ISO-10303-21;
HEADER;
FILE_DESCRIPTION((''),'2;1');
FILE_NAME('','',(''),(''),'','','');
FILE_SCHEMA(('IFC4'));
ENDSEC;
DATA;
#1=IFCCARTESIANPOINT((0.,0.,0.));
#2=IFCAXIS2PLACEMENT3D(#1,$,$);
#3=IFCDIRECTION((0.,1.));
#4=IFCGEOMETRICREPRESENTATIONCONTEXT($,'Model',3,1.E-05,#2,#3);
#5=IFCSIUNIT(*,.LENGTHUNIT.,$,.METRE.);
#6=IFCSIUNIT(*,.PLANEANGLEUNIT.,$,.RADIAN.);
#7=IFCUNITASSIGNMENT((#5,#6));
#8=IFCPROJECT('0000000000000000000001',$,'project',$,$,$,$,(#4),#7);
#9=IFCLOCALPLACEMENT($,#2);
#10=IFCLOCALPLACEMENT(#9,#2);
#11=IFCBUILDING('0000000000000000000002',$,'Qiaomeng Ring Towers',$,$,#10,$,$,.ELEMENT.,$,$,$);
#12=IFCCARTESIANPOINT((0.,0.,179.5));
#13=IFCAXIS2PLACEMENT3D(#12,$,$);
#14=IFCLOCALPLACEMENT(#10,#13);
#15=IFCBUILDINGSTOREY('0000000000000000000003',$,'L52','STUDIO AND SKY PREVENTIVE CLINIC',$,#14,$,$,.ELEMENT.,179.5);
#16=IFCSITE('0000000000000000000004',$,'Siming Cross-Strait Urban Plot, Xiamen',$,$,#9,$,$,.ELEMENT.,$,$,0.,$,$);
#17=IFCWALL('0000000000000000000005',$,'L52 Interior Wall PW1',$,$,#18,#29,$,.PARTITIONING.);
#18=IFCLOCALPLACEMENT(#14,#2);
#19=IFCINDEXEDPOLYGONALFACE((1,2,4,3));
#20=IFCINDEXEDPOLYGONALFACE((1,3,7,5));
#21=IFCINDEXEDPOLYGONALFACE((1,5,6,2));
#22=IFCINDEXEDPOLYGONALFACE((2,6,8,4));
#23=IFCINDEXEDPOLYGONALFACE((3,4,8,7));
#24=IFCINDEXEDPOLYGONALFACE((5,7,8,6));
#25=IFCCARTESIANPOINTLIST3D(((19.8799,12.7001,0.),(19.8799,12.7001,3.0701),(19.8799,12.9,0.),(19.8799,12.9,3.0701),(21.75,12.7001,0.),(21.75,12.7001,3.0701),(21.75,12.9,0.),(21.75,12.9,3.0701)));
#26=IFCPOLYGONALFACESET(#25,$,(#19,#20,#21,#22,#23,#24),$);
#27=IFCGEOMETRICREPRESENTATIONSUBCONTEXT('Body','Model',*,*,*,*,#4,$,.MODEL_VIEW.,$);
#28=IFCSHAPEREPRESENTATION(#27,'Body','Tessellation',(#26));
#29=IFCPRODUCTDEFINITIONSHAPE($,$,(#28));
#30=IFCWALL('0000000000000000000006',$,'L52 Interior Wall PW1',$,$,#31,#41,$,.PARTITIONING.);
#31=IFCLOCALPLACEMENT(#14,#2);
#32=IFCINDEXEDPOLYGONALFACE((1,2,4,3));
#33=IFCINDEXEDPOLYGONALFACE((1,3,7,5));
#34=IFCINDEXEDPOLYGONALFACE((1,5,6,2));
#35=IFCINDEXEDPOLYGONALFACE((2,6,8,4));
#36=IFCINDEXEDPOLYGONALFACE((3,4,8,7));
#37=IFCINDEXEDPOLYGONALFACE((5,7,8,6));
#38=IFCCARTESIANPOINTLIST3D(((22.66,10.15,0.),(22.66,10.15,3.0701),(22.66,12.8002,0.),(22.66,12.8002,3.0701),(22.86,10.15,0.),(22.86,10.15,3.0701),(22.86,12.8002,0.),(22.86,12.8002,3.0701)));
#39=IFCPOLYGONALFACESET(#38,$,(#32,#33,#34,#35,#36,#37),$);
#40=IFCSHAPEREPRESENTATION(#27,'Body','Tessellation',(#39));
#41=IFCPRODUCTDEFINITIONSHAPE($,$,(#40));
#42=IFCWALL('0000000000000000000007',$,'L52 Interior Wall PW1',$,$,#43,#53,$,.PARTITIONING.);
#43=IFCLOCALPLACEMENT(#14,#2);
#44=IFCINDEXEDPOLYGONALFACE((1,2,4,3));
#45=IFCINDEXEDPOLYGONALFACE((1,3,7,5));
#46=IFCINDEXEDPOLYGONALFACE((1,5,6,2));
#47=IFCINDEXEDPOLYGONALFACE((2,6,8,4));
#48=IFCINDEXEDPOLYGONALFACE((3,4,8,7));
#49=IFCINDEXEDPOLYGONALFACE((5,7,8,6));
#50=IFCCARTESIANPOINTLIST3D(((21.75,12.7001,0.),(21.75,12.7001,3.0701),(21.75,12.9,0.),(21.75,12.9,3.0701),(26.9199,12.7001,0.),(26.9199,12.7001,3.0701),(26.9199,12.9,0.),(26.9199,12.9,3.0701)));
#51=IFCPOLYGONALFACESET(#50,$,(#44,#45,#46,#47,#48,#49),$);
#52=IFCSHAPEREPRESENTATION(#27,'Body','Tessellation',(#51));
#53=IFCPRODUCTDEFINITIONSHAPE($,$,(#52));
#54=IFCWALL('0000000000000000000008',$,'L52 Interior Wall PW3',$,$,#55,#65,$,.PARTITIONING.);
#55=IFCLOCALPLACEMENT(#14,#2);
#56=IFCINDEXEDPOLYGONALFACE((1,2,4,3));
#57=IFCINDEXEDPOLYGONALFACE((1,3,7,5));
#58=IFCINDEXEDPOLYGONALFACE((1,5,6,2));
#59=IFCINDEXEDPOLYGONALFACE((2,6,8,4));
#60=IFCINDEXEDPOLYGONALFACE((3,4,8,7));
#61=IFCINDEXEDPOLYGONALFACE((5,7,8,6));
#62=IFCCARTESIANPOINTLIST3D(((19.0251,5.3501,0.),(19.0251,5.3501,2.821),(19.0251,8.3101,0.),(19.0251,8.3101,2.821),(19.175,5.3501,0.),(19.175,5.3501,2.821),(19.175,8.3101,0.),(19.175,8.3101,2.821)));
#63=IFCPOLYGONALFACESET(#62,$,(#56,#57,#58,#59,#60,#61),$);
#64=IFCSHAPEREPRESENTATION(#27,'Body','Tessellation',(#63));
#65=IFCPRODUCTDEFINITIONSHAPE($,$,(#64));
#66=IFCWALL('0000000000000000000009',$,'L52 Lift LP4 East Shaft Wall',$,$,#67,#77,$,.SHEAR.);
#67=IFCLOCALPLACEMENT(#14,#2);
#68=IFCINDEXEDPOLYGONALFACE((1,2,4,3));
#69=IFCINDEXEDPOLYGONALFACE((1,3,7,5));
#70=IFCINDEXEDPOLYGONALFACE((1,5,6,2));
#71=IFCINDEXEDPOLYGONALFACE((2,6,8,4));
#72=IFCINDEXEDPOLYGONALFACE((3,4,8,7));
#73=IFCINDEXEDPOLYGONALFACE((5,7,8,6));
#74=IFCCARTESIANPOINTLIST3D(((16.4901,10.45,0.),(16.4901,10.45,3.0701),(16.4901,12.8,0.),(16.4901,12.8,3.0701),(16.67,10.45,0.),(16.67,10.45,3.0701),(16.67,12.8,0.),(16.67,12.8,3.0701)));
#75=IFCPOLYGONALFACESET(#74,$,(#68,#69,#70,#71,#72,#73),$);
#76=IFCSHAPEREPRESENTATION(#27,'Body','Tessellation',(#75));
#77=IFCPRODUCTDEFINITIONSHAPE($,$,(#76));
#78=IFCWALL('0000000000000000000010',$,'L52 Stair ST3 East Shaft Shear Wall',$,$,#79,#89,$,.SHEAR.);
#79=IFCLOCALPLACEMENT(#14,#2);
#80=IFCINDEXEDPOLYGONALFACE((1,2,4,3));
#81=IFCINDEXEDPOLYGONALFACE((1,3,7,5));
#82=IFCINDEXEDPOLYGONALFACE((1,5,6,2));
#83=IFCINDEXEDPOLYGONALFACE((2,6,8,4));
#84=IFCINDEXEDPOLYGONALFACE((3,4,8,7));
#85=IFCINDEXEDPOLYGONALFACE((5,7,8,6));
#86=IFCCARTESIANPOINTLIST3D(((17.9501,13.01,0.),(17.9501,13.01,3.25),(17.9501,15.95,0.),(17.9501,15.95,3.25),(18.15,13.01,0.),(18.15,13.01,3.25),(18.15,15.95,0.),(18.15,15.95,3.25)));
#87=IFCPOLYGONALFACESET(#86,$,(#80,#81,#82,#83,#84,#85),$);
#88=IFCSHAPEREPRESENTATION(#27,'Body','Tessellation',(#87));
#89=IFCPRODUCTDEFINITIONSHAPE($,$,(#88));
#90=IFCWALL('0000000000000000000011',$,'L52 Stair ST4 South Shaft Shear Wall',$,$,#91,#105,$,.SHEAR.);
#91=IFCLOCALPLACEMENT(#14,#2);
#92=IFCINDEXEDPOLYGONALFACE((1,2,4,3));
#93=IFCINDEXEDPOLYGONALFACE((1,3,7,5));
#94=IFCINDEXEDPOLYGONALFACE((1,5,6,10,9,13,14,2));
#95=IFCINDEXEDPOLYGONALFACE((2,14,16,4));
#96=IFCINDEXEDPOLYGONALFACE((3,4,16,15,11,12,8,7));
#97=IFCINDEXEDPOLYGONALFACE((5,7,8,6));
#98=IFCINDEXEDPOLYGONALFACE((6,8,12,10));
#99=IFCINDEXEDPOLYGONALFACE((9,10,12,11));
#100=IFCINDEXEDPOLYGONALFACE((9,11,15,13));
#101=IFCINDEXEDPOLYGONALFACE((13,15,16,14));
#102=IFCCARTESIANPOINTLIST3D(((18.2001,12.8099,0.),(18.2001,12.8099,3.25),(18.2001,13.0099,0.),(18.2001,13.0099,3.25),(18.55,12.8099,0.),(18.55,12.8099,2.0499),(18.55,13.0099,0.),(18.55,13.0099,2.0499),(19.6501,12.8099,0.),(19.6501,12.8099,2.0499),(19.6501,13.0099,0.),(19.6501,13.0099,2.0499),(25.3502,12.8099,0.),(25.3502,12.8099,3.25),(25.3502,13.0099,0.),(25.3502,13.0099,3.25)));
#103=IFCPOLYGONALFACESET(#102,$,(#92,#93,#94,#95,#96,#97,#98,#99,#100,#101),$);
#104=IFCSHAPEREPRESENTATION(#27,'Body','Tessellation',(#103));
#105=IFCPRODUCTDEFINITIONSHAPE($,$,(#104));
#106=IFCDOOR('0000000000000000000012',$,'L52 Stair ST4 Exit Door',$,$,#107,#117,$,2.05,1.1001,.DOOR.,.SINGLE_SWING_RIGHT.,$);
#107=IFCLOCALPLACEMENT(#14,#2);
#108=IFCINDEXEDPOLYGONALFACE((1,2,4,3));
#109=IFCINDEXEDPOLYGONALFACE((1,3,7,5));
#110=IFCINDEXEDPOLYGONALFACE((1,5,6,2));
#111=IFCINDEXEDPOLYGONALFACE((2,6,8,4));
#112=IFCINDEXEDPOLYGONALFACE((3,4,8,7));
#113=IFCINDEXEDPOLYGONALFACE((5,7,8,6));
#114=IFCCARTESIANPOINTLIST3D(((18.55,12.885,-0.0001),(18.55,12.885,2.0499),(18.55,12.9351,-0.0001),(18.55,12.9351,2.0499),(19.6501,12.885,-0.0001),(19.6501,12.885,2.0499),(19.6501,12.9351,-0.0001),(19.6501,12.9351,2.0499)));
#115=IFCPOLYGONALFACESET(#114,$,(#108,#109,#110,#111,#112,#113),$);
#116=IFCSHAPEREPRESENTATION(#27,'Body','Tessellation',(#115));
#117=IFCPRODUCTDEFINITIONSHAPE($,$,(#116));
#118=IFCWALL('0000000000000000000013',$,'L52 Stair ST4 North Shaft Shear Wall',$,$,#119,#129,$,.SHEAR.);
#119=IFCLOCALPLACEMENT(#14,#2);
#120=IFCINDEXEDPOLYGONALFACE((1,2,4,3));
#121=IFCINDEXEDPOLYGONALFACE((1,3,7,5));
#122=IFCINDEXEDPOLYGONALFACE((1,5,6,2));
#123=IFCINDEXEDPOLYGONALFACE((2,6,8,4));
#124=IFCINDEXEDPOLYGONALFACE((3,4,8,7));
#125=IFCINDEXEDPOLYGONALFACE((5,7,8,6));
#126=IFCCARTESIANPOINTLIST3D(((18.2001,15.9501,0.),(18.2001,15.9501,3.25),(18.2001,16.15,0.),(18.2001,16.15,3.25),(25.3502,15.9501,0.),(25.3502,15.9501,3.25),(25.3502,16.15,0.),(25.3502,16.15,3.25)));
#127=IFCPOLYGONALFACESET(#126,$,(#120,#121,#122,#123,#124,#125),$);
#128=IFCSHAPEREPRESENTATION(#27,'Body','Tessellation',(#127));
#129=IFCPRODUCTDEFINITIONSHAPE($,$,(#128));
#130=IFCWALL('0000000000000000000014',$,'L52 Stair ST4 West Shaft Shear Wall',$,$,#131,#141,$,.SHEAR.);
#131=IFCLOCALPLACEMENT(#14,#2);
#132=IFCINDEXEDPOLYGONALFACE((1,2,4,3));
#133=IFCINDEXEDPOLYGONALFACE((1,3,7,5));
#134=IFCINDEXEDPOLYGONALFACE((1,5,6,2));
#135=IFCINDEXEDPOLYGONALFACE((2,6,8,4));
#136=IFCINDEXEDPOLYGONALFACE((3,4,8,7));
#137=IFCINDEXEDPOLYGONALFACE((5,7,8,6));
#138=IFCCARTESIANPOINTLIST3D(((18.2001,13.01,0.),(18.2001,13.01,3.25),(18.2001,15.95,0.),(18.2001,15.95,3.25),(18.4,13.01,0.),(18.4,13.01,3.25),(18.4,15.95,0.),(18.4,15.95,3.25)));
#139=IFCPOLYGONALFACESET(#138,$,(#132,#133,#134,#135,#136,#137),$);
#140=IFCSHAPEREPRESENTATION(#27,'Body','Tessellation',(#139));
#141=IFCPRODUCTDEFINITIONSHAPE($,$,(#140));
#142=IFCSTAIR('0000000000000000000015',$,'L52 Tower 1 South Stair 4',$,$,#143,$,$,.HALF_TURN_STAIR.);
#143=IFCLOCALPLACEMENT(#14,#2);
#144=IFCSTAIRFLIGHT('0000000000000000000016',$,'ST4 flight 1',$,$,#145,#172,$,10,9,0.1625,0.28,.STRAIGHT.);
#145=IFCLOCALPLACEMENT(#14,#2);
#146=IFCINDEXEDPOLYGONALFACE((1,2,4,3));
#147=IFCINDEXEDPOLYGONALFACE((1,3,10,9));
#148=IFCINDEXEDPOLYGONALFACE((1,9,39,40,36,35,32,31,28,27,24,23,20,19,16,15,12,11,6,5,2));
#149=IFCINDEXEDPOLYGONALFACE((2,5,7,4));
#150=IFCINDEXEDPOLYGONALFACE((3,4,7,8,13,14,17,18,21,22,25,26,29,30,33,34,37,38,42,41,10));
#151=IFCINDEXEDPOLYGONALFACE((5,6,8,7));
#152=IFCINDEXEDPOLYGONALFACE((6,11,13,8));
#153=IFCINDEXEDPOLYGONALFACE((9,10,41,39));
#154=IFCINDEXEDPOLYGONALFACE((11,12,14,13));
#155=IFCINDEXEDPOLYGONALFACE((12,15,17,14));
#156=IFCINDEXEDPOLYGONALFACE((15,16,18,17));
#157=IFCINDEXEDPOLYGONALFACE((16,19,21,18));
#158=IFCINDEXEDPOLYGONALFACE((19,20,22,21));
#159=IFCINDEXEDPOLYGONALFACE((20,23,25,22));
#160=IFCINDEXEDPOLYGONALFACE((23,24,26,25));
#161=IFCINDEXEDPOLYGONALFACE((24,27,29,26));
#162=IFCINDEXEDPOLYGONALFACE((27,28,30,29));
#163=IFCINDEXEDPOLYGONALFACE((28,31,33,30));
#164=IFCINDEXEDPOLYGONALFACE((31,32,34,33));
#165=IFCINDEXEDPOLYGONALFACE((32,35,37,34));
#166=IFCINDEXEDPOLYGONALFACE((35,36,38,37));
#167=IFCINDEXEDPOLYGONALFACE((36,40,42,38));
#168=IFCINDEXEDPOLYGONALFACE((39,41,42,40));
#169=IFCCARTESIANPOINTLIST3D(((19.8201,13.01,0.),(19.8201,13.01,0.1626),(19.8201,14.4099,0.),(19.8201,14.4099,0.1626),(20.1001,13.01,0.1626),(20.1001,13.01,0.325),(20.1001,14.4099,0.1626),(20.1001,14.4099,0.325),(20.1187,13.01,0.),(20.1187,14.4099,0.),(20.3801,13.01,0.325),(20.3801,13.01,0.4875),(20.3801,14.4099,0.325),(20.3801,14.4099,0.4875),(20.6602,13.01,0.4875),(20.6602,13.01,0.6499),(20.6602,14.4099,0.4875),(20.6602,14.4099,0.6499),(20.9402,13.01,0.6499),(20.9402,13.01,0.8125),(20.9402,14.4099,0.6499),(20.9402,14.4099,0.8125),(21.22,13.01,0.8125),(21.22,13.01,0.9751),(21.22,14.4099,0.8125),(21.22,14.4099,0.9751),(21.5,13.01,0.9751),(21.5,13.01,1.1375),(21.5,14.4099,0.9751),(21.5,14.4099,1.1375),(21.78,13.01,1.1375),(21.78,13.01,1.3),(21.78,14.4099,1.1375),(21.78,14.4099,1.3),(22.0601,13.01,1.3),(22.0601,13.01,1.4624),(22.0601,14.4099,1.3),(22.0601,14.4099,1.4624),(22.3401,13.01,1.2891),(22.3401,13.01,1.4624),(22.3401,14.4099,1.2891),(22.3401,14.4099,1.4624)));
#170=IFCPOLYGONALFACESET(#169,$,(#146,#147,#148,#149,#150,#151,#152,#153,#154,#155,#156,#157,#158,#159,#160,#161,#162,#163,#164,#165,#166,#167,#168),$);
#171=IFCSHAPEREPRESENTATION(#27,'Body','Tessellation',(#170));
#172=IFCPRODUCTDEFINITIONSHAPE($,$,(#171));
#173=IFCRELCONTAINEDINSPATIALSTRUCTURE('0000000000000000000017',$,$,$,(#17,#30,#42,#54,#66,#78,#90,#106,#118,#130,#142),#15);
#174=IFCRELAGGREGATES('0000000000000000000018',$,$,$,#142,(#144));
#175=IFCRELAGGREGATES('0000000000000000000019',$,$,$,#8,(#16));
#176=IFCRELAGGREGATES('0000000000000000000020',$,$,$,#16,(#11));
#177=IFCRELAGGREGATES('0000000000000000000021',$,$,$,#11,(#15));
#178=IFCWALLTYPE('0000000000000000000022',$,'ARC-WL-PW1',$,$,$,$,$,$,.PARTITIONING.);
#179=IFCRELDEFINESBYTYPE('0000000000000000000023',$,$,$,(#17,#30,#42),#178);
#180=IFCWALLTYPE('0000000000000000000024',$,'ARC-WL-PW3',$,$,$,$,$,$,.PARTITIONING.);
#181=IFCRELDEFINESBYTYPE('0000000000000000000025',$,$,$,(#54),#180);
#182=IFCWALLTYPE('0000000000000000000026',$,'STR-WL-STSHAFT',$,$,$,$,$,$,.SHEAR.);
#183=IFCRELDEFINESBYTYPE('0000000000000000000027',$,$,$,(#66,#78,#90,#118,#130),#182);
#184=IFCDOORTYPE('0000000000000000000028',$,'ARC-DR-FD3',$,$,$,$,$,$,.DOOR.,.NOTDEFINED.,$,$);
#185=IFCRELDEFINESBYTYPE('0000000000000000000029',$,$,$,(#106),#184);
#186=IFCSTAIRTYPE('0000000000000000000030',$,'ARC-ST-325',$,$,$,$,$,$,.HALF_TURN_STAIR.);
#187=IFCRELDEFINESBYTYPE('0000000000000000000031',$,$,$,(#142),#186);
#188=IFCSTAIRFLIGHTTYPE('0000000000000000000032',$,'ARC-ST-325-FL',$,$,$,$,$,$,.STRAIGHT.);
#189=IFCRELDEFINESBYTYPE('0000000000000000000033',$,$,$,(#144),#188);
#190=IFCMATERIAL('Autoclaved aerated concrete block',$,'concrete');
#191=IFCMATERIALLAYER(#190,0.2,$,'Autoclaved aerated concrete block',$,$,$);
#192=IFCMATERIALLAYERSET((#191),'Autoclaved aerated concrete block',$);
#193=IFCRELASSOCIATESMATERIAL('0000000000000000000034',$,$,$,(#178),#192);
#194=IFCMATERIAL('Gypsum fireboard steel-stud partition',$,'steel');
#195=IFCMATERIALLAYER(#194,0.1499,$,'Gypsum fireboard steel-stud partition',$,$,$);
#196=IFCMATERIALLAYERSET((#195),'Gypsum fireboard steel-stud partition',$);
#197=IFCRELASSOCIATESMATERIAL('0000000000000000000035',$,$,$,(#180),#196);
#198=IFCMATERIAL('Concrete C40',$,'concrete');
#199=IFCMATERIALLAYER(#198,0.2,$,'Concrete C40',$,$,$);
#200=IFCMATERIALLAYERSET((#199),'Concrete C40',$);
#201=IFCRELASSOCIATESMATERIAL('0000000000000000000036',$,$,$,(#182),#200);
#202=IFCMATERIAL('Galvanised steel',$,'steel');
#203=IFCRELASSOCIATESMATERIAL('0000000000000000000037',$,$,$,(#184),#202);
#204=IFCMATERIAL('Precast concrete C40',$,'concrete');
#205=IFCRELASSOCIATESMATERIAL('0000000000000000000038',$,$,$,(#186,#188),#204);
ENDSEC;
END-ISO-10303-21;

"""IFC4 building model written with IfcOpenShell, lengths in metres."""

from ifc_helpers import new_model, si_unit, direction, frame, frame_2d, origin, place, context, subcontext, project, spatial, polyline, rectangle, outline, extrude, source, transform, mapped, material, layer, layer_set, type_object, element, fill, aggregate, save


model = new_model("IFC4")

# Units and contexts
model_context = context("Model", 3, precision=1e-05, world=origin(), true_north=direction((0.0, 1.0)))
body_context = subcontext(model_context, "Body", "Model", "MODEL_VIEW")
ifc_project = project(units=[si_unit("LENGTHUNIT", "METRE"), si_unit("PLANEANGLEUNIT", "RADIAN")], contexts=[model_context])

# Site, building, storey
site_placement = place(None, origin())
site = spatial("IfcSite", under=ifc_project, at=site_placement, Name="Siming Cross-Strait Urban Plot, Xiamen", CompositionType="ELEMENT", RefElevation=0.0)
building_placement = place(site_placement, origin())
building = spatial("IfcBuilding", under=site, at=building_placement, Name="Qiaomeng Ring Towers", CompositionType="ELEMENT")
storey_placement = place(building_placement, frame((0.0, 0.0, 179.5)))
storey = spatial("IfcBuildingStorey", under=building, at=storey_placement, Name="L52", Description="STUDIO AND SKY PREVENTIVE CLINIC", CompositionType="ELEMENT", Elevation=179.5)

# Walls
ifc_material_1 = material(Name="Autoclaved aerated concrete block", Category="concrete")
ifc_layer_1 = layer(ifc_material_1, 0.2, Name="Autoclaved aerated concrete block")
ifc_layer_set_1 = layer_set([ifc_layer_1], Name="Autoclaved aerated concrete block")
wall_type_1 = type_object("IfcWallType", Name="ARC-WL-PW1", PredefinedType="PARTITIONING", material=ifc_layer_set_1)
wall_1_placement = place(storey_placement, frame((19.8799, 12.8, 0.0), z_axis=(0.0, 0.0, 1.0), x_axis=(1.0, 0.0, 0.0)))
element("IfcWall", 1, at=wall_1_placement, inside=storey, type_object=wall_type_1, Name="L52 Interior Wall PW1", PredefinedType="PARTITIONING", context=body_context, shape_type="SweptSolid", body=[
    extrude(rectangle(XDim=1.8701, YDim=0.2, at=frame_2d((0.9351, 0.0))), origin(), (0.0, 0.0, 1.0), 3.0701),
])
wall_2_placement = place(storey_placement, frame((22.76, 10.1499, 0.0), z_axis=(0.0, 0.0, 1.0), x_axis=(0.0, 1.0, 0.0)))
element("IfcWall", 2, at=wall_2_placement, inside=storey, type_object=wall_type_1, Name="L52 Interior Wall PW1", PredefinedType="PARTITIONING", context=body_context, shape_type="SweptSolid", body=[
    extrude(rectangle(XDim=2.6501, YDim=0.2, at=frame_2d((1.3252, 0.0))), origin(), (0.0, 0.0, 1.0), 3.0701),
])
wall_3_placement = place(storey_placement, frame((21.75, 12.8, 0.0), z_axis=(0.0, 0.0, 1.0), x_axis=(1.0, 0.0, 0.0)))
element("IfcWall", 3, at=wall_3_placement, inside=storey, type_object=wall_type_1, Name="L52 Interior Wall PW1", PredefinedType="PARTITIONING", context=body_context, shape_type="SweptSolid", body=[
    extrude(rectangle(XDim=5.1699, YDim=0.2, at=frame_2d((2.585, 0.0))), origin(), (0.0, 0.0, 1.0), 3.0701),
])
ifc_material_2 = material(Name="Gypsum fireboard steel-stud partition", Category="steel")
ifc_layer_2 = layer(ifc_material_2, 0.1499, Name="Gypsum fireboard steel-stud partition")
ifc_layer_set_2 = layer_set([ifc_layer_2], Name="Gypsum fireboard steel-stud partition")
wall_type_2 = type_object("IfcWallType", Name="ARC-WL-PW3", PredefinedType="PARTITIONING", material=ifc_layer_set_2)
wall_4_placement = place(storey_placement, frame((19.1001, 5.3501, 0.0), z_axis=(0.0, 0.0, 1.0), x_axis=(0.0, 1.0, 0.0)))
element("IfcWall", 4, at=wall_4_placement, inside=storey, type_object=wall_type_2, Name="L52 Interior Wall PW3", PredefinedType="PARTITIONING", context=body_context, shape_type="SweptSolid", body=[
    extrude(rectangle(XDim=2.96, YDim=0.1499, at=frame_2d((1.48, 0.0))), origin(), (0.0, 0.0, 1.0), 2.821),
])
ifc_material_3 = material(Name="Concrete C40", Category="concrete")
ifc_layer_3 = layer(ifc_material_3, 0.2, Name="Concrete C40")
ifc_layer_set_3 = layer_set([ifc_layer_3], Name="Concrete C40")
wall_type_3 = type_object("IfcWallType", Name="STR-WL-STSHAFT", PredefinedType="SHEAR", material=ifc_layer_set_3)
wall_5_placement = place(storey_placement, frame((16.5801, 10.45, 0.0), z_axis=(0.0, 0.0, 1.0), x_axis=(0.0, 1.0, 0.0)))
element("IfcWall", 5, at=wall_5_placement, inside=storey, type_object=wall_type_3, Name="L52 Lift LP4 East Shaft Wall", PredefinedType="SHEAR", context=body_context, shape_type="SweptSolid", body=[
    extrude(rectangle(XDim=2.3501, YDim=0.1799, at=frame_2d((1.175, 0.0))), origin(), (0.0, 0.0, 1.0), 3.0701),
])
wall_6_placement = place(storey_placement, frame((18.05, 13.01, 0.0), z_axis=(0.0, 0.0, 1.0), x_axis=(0.0, 1.0, 0.0)))
element("IfcWall", 6, at=wall_6_placement, inside=storey, type_object=wall_type_3, Name="L52 Stair ST3 East Shaft Shear Wall", PredefinedType="SHEAR", context=body_context, shape_type="SweptSolid", body=[
    extrude(rectangle(XDim=2.9399, YDim=0.2, at=frame_2d((1.47, 0.0))), origin(), (0.0, 0.0, 1.0), 3.25),
])

# Wall, opening, door
wall_7_placement = place(storey_placement, frame((18.2, 12.9099, 0.0), z_axis=(0.0, 0.0, 1.0), x_axis=(1.0, 0.0, 0.0)))
wall_7 = element("IfcWall", 7, at=wall_7_placement, inside=storey, type_object=wall_type_3, Name="L52 Stair ST4 South Shaft Shear Wall", PredefinedType="SHEAR", context=body_context, shape_type="SweptSolid", body=[
    extrude(rectangle(XDim=7.1501, YDim=0.2, at=frame_2d((3.5752, 0.0))), origin(), (0.0, 0.0, 1.0), 3.25),
])
opening_placement = place(wall_7_placement, frame((0.3501, 0.0, 0.0)))
opening = element("IfcOpeningElement", 8, at=opening_placement, cuts=wall_7, PredefinedType="OPENING", context=body_context, shape_type="SweptSolid", body=[
    extrude(rectangle(XDim=1.1001, YDim=2.05, at=frame_2d((0.55, 1.0249))), frame((0.0, 0.1099, 0.0), z_axis=(0.0, -1.0, 0.0), x_axis=(1.0, 0.0, 0.0)), (0.0, 0.0, 1.0), 0.22),
])
ifc_material_4 = material(Name="Galvanised steel", Category="steel")
door_type = type_object("IfcDoorType", Name="ARC-DR-FD3", OperationType="NOTDEFINED", PredefinedType="DOOR", material=ifc_material_4)
shared_shape_1 = source(origin(), body_context, "Body", "SweptSolid", [
    extrude(rectangle(XDim=1.1001, YDim=2.05, at=frame_2d((0.55, 1.0249))), frame((0.0, 0.0249, 0.0), z_axis=(0.0, -1.0, 0.0), x_axis=(1.0, 0.0, 0.0)), (0.0, 0.0, 1.0), 0.05),
])
door_placement = place(opening_placement, frame((1.1001, 0.0, 0.0), z_axis=(0.0, 0.0, 1.0), x_axis=(-1.0, 0.0, 0.0)))
door = element("IfcDoor", 9, at=door_placement, inside=storey, type_object=door_type, Name="L52 Stair ST4 Exit Door", OperationType="SINGLE_SWING_RIGHT", OverallHeight=2.05, OverallWidth=1.1001, PredefinedType="DOOR", context=body_context, shape_type="MappedRepresentation", body=[
    mapped(shared_shape_1, transform((0.0, 0.0, 0.0), x_axis=(1.0, 0.0, 0.0), y_axis=(0.0, 1.0, 0.0), z_axis=(0.0, 0.0, 1.0), scale=1.0)),
])
fill(opening, door)

# Walls
wall_8_placement = place(storey_placement, frame((18.2, 16.05, 0.0), z_axis=(0.0, 0.0, 1.0), x_axis=(1.0, 0.0, 0.0)))
element("IfcWall", 10, at=wall_8_placement, inside=storey, type_object=wall_type_3, Name="L52 Stair ST4 North Shaft Shear Wall", PredefinedType="SHEAR", context=body_context, shape_type="SweptSolid", body=[
    extrude(rectangle(XDim=7.1501, YDim=0.2, at=frame_2d((3.5752, 0.0))), origin(), (0.0, 0.0, 1.0), 3.25),
])
wall_9_placement = place(storey_placement, frame((18.3, 13.01, 0.0), z_axis=(0.0, 0.0, 1.0), x_axis=(0.0, 1.0, 0.0)))
element("IfcWall", 11, at=wall_9_placement, inside=storey, type_object=wall_type_3, Name="L52 Stair ST4 West Shaft Shear Wall", PredefinedType="SHEAR", context=body_context, shape_type="SweptSolid", body=[
    extrude(rectangle(XDim=2.9399, YDim=0.2, at=frame_2d((1.47, 0.0))), origin(), (0.0, 0.0, 1.0), 3.25),
])

# Stair, stair flight
ifc_material_5 = material(Name="Precast concrete C40", Category="concrete")
stair_type = type_object("IfcStairType", Name="ARC-ST-325", PredefinedType="HALF_TURN_STAIR", material=ifc_material_5)
stair_placement = place(storey_placement, origin())
stair = element("IfcStair", 12, at=stair_placement, inside=storey, type_object=stair_type, Name="L52 Tower 1 South Stair 4", PredefinedType="HALF_TURN_STAIR")
stair_flight_type = type_object("IfcStairFlightType", Name="ARC-ST-325-FL", PredefinedType="STRAIGHT", material=ifc_material_5)
shared_shape_2 = source(origin(), body_context, "Body", "SweptSolid", [
    extrude(outline(polyline([(0.0, 0.0), (0.0, 0.1626), (0.28, 0.1626), (0.28, 0.325), (0.5601, 0.325), (0.5601, 0.4875), (0.8401, 0.4875), (0.8401, 0.6499), (1.1201, 0.6499), (1.1201, 0.8125), (1.3999, 0.8125), (1.3999, 0.9751), (1.6799, 0.9751), (1.6799, 1.1375), (1.96, 1.1375), (1.96, 1.3), (2.24, 1.3), (2.24, 1.4624), (2.52, 1.4624), (2.52, 1.625), (2.52, 1.2891), (0.2986, 0.0), (0.0, 0.0)])), frame((0.0, 0.7, 0.0), z_axis=(0.0, -1.0, 0.0), x_axis=(1.0, 0.0, 0.0)), (0.0, 0.0, 1.0), 1.3999),
])
stair_flight_1_placement = place(storey_placement, frame((19.8201, 13.71, 0.0), z_axis=(0.0, 0.0, 1.0), x_axis=(1.0, 0.0, 0.0)))
stair_flight_1 = element("IfcStairFlight", 13, at=stair_flight_1_placement, type_object=stair_flight_type, Name="ST4 flight 1", NumberOfRisers=10, NumberOfTreads=9, PredefinedType="STRAIGHT", RiserHeight=0.1625, TreadLength=0.28, context=body_context, shape_type="MappedRepresentation", body=[
    mapped(shared_shape_2, transform((0.0, 0.0, 0.0), x_axis=(1.0, 0.0, 0.0), y_axis=(0.0, 1.0, 0.0), z_axis=(0.0, 0.0, 1.0), scale=1.0)),
])
aggregate(stair, [stair_flight_1])

save(model, "model.ifc")
